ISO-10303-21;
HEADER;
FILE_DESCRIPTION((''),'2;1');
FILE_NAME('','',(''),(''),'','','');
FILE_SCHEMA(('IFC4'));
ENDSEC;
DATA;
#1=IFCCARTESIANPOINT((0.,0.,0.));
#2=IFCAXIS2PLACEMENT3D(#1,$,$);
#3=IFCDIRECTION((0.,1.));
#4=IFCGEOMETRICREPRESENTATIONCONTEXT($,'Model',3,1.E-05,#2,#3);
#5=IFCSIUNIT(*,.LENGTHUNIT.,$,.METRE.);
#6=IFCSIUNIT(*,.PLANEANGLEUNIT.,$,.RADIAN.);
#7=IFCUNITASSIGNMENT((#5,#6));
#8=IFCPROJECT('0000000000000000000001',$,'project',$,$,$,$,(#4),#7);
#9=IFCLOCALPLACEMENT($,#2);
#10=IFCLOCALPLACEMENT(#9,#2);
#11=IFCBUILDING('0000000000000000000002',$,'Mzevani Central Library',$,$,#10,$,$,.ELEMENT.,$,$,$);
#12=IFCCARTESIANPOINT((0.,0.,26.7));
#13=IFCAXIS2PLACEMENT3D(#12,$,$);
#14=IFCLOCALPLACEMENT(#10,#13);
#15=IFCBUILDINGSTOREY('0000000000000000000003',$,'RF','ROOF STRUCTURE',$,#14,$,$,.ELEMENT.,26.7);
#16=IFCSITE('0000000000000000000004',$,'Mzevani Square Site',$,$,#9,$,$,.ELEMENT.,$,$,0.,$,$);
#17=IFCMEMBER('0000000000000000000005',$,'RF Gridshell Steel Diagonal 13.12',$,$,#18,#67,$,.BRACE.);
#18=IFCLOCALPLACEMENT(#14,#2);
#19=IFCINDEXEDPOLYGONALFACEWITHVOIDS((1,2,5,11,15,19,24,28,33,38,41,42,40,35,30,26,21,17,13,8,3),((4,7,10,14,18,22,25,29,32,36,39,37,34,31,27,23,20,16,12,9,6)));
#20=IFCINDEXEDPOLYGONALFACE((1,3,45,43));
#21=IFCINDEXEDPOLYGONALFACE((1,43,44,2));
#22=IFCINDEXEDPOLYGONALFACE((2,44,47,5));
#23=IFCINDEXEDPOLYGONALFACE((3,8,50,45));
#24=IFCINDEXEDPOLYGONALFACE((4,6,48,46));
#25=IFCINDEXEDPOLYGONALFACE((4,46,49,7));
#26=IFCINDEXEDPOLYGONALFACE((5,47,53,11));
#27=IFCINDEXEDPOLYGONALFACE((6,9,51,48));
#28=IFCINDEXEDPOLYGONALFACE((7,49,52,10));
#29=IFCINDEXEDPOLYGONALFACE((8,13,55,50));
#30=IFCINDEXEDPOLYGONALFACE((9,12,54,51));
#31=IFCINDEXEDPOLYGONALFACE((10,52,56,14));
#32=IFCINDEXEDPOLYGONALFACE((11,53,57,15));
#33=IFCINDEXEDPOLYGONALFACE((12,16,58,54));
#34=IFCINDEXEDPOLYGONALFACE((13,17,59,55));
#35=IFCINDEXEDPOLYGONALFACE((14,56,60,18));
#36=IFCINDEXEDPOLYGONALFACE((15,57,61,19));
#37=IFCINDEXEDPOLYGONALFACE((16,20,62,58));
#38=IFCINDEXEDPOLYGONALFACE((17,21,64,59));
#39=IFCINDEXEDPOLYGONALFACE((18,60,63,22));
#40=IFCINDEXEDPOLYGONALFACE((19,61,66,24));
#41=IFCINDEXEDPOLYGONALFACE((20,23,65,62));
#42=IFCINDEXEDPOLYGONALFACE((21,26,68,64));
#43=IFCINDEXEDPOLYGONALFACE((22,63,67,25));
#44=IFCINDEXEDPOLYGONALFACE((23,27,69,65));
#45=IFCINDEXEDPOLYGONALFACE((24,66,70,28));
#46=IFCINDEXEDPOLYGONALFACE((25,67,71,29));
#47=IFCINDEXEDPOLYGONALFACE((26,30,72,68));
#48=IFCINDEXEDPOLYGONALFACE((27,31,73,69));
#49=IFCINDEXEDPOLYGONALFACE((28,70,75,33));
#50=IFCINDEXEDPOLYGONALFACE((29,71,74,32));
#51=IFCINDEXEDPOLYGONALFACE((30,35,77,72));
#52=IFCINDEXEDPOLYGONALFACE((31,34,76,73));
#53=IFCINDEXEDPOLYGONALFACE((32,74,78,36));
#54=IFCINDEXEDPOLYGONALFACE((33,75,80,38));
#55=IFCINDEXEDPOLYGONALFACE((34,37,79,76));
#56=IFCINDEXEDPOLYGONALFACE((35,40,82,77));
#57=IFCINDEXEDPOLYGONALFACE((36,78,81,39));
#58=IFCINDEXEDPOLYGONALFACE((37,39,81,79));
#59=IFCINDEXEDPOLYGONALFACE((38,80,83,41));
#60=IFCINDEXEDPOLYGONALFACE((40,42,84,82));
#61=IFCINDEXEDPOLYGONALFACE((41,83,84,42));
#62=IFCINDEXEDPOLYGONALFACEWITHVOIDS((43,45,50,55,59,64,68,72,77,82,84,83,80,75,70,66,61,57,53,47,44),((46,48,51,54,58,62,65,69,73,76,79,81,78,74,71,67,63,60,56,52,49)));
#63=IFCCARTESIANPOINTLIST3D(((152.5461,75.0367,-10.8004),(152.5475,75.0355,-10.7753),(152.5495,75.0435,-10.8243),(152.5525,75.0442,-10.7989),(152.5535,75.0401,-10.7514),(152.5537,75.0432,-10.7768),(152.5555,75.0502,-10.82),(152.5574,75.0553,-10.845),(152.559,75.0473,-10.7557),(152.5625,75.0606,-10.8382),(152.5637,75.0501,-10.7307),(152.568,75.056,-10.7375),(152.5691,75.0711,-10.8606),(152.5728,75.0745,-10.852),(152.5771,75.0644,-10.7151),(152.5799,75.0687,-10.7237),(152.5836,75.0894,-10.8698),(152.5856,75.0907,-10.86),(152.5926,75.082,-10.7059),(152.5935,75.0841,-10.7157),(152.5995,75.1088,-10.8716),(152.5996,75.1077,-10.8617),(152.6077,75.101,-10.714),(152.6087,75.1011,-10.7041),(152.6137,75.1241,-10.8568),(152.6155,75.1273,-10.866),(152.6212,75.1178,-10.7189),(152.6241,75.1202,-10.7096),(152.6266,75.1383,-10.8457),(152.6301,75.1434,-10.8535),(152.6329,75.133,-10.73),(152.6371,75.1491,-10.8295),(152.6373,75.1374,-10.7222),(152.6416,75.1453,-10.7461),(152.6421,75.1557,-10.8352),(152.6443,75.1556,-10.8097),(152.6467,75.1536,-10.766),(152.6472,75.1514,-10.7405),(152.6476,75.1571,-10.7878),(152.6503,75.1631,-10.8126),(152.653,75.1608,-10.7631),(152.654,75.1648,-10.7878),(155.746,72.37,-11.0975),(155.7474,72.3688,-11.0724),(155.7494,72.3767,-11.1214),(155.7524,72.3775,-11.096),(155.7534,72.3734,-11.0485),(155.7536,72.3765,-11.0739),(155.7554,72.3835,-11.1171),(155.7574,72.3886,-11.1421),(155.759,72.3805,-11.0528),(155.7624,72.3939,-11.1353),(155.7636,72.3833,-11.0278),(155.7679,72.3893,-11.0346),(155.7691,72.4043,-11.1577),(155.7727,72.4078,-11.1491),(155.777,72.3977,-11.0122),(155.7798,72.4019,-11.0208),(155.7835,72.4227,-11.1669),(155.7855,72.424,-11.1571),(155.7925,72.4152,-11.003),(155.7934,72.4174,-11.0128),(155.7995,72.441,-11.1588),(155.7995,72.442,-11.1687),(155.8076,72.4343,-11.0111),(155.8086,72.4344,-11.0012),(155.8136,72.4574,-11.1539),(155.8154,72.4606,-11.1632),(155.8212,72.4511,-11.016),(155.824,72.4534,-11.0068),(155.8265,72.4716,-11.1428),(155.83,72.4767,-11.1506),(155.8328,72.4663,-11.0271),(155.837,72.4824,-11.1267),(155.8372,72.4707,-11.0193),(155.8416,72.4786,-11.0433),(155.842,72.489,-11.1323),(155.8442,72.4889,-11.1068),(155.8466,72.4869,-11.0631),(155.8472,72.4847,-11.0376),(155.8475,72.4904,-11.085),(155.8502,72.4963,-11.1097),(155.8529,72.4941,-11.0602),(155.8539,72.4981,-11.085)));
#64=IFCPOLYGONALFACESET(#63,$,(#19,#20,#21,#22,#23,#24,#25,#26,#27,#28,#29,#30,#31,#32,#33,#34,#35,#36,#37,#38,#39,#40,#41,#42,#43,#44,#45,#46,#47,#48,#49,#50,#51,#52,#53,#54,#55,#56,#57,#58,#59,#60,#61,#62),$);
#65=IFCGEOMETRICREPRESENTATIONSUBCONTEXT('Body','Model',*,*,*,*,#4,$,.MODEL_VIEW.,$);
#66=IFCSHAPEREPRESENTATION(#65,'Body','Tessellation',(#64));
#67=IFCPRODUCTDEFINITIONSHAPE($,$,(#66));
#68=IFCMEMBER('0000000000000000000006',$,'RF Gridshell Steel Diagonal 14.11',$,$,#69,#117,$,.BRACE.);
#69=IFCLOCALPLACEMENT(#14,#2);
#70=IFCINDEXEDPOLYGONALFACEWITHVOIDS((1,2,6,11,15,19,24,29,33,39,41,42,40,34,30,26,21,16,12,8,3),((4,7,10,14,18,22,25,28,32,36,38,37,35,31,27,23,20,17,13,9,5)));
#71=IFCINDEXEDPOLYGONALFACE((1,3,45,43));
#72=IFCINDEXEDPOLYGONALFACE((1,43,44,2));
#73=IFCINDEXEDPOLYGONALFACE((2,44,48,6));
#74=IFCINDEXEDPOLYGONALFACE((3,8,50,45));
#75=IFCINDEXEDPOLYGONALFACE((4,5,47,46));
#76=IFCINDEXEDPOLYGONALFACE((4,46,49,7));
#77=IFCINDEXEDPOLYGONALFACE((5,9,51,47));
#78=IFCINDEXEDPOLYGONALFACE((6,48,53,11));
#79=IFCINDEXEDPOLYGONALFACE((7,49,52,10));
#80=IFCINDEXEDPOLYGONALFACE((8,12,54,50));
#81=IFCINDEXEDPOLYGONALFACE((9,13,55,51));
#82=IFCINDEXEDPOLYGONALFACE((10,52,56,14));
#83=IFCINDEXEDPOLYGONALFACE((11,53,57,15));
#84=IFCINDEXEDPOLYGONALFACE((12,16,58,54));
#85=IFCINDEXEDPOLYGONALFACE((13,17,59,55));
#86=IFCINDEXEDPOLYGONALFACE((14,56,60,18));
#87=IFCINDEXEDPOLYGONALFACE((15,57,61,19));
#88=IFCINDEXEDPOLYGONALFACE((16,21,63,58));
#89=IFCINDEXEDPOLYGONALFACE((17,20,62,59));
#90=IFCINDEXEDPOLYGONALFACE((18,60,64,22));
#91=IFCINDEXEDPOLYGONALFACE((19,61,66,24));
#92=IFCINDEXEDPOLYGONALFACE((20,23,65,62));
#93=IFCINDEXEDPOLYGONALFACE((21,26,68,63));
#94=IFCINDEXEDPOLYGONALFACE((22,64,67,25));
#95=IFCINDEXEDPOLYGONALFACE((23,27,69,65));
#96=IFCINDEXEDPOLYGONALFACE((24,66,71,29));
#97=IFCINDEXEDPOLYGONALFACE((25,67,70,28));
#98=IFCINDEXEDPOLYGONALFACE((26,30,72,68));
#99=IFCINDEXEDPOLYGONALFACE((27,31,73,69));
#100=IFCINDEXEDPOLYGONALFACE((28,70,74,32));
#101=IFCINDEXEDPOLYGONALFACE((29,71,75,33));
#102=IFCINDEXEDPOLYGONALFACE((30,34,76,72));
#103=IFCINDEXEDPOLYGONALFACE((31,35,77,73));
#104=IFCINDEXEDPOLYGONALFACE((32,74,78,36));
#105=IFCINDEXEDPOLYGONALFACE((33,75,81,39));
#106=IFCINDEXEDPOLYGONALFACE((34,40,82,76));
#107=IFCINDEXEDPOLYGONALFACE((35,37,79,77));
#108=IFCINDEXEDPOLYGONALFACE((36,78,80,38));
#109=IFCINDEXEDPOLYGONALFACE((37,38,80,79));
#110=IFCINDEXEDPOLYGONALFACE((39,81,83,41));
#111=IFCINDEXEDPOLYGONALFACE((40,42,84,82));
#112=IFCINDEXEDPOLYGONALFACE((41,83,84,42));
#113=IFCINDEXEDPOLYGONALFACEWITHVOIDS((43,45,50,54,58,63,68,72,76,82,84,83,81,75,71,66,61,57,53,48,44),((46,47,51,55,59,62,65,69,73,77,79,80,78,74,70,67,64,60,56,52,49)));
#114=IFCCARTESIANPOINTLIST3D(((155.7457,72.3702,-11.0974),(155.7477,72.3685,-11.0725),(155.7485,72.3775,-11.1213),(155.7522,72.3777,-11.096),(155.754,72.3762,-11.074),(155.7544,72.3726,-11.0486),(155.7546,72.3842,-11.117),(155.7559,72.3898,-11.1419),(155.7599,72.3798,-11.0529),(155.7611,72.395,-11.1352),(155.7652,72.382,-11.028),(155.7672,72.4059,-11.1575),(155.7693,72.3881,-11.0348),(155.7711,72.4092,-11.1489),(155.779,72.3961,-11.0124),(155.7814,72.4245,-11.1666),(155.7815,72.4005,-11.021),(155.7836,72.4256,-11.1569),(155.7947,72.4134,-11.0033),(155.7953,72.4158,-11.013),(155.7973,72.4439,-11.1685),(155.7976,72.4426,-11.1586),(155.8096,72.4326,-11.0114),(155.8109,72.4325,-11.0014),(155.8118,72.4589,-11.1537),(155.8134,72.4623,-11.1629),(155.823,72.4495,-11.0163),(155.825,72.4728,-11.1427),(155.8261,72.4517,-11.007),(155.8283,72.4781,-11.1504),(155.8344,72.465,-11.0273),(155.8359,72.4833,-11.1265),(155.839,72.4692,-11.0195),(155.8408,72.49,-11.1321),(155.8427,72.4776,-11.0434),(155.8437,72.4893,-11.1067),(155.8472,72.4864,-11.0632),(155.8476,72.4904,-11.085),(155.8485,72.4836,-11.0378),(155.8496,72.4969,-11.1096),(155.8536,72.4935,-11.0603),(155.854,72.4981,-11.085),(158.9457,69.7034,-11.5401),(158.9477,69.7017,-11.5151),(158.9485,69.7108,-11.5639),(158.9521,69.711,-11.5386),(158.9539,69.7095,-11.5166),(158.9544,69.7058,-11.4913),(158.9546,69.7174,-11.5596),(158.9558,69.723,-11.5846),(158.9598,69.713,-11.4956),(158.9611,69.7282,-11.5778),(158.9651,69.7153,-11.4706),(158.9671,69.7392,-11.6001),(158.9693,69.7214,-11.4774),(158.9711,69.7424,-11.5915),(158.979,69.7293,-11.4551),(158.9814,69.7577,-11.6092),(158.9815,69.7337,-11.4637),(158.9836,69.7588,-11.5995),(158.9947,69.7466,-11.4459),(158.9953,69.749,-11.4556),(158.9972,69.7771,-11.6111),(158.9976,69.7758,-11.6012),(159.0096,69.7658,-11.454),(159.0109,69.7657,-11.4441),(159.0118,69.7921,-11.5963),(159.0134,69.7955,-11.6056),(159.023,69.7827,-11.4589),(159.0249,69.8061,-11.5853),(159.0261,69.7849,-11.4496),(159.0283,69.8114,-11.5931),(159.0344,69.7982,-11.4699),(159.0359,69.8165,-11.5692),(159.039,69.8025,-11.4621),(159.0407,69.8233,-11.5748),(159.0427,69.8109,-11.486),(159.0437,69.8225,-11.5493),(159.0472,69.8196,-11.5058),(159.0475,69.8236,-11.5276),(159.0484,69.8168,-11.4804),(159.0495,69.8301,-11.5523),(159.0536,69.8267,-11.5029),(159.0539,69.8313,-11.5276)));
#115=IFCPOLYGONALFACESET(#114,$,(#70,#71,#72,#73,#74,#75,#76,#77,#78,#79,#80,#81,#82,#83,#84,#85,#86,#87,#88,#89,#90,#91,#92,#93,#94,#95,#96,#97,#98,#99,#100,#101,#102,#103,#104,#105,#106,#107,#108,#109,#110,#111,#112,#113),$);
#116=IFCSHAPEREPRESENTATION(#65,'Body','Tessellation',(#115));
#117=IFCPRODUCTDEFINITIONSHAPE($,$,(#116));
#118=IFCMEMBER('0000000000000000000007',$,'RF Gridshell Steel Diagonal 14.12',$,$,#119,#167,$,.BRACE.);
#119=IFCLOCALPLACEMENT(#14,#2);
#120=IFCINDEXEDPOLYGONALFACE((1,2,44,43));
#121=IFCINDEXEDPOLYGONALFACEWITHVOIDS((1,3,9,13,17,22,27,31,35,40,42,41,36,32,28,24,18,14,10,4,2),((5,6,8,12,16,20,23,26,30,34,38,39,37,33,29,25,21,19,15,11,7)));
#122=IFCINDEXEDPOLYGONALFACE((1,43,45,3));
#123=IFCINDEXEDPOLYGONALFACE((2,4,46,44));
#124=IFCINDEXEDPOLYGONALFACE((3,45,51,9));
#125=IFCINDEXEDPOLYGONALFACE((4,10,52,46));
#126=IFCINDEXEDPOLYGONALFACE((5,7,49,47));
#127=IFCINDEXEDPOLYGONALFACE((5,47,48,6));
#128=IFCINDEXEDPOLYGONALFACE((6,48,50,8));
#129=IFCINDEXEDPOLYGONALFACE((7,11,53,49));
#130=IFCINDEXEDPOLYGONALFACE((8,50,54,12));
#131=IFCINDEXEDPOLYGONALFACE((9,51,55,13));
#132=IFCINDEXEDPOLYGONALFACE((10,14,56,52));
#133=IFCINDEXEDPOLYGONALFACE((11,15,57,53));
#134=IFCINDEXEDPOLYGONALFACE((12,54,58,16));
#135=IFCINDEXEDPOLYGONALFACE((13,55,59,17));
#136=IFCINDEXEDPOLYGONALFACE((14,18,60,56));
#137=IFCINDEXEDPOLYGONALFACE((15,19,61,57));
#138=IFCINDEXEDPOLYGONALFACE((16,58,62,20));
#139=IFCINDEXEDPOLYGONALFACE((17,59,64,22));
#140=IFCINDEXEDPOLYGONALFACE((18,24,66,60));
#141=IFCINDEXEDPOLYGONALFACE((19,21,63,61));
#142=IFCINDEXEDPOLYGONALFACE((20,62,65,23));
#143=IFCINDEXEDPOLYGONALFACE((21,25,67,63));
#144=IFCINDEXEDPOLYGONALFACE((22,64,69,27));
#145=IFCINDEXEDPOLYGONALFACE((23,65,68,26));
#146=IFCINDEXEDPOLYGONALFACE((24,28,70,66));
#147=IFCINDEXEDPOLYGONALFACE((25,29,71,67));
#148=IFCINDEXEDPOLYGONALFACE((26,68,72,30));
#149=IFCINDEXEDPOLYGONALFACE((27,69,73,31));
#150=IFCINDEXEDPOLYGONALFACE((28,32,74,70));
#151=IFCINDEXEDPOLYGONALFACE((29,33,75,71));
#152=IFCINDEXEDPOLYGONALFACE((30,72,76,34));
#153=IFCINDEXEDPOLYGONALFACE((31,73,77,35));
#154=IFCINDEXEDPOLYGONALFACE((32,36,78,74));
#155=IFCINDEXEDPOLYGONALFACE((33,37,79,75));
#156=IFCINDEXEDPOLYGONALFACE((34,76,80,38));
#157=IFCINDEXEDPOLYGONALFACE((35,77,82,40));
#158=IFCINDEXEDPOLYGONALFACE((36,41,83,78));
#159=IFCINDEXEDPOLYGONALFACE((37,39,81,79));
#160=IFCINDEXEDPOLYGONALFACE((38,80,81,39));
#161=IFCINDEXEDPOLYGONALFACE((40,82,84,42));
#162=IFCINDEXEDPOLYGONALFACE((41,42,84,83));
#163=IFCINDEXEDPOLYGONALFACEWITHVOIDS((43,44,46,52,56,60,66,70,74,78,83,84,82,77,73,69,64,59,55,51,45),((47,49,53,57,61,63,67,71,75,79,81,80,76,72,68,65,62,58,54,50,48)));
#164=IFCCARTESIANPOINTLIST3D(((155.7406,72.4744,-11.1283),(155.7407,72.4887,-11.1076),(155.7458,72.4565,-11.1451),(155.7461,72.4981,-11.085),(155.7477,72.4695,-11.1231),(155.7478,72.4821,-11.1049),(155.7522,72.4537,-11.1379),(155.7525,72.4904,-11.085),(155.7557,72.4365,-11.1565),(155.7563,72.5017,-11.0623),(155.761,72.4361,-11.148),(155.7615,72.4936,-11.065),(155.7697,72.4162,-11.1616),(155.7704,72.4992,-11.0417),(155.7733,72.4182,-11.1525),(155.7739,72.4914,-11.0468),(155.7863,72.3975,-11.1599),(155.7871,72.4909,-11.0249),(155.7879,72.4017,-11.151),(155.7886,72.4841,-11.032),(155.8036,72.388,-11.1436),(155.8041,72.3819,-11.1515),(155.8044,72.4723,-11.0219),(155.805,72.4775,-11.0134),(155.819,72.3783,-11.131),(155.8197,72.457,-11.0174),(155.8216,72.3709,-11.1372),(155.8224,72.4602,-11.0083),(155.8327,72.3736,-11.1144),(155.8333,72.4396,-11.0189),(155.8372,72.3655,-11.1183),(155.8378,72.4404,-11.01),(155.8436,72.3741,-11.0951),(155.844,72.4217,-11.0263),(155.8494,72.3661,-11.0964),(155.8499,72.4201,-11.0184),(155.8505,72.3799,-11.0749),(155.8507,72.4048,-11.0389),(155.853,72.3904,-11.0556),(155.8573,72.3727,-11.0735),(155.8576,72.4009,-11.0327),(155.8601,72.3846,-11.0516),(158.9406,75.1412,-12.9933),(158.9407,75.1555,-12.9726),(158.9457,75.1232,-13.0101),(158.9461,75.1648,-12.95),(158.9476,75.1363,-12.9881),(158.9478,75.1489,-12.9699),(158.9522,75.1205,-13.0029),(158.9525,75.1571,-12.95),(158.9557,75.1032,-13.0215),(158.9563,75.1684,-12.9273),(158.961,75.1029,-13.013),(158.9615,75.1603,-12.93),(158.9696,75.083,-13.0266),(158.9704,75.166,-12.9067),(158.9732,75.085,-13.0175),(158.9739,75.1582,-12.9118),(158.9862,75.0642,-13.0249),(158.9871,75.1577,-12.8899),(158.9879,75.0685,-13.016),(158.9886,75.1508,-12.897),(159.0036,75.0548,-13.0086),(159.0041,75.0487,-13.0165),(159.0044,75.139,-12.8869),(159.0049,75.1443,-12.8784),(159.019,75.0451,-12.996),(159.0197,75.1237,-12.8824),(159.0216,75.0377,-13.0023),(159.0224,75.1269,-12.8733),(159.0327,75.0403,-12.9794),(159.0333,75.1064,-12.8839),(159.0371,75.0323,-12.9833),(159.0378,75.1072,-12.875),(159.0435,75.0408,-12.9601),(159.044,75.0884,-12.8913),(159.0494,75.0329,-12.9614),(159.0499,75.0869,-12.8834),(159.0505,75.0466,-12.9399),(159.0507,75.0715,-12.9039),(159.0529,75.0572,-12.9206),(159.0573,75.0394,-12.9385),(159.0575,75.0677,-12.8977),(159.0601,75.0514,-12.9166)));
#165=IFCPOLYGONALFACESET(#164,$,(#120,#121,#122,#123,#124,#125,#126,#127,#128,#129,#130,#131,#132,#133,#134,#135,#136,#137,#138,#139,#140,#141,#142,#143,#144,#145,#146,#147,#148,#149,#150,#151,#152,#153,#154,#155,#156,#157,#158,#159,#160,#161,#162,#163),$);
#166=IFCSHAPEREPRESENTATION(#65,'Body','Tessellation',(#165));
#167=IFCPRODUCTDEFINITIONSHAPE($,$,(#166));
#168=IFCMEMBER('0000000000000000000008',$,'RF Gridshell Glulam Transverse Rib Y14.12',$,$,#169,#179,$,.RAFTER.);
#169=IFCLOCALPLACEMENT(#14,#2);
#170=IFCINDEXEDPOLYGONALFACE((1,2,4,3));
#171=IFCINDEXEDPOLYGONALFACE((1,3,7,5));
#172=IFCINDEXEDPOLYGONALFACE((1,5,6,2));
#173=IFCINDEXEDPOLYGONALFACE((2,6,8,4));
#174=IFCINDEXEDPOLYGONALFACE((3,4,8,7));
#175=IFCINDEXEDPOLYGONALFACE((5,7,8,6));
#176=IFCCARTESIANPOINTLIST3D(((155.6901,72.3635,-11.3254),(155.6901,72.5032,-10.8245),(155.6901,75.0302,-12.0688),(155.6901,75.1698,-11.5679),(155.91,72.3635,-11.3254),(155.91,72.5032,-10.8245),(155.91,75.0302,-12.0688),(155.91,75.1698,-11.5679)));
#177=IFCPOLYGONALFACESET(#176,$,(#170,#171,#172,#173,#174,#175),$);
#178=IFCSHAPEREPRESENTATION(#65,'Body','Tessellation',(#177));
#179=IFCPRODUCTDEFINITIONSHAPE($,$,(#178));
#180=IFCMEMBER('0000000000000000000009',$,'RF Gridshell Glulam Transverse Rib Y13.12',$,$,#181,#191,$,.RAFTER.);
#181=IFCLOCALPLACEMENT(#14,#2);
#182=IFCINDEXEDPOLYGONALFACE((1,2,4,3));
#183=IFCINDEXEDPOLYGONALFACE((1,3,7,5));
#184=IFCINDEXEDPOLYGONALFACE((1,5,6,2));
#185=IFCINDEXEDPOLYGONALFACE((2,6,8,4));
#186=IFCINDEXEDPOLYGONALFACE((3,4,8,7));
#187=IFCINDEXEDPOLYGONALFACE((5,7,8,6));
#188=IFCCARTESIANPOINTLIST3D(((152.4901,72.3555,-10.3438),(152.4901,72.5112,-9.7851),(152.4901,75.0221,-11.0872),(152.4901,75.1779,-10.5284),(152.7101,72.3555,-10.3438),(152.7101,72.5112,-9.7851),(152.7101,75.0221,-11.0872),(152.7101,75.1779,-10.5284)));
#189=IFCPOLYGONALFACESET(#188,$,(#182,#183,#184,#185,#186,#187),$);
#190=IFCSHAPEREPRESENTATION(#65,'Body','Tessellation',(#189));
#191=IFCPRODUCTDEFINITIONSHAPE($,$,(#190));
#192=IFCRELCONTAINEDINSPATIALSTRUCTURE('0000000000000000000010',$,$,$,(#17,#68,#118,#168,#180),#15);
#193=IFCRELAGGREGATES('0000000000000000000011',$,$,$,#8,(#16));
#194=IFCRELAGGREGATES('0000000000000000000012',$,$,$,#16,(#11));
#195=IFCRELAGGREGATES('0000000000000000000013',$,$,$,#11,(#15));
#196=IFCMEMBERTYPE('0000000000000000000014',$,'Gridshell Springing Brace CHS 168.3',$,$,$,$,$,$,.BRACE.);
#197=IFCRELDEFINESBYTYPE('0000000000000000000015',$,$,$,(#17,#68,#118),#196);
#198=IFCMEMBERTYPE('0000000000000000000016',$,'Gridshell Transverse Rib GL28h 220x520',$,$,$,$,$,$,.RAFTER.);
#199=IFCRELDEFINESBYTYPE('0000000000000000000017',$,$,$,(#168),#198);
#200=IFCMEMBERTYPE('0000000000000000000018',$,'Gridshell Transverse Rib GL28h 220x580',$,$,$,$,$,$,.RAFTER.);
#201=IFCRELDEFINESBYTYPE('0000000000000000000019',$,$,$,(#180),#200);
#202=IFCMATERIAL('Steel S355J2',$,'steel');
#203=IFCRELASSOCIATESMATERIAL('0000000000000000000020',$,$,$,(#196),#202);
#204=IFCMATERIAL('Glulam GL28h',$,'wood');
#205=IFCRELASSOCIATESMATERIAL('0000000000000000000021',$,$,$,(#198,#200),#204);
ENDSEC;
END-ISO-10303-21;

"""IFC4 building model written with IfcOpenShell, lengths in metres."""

from ifc_helpers import new_model, si_unit, direction, frame, origin, origin_2d, place, context, subcontext, project, spatial, rectangle, hollow_circle, extrude, material, material_profile, profile_set, type_object, element, save


model = new_model("IFC4")

# Units and contexts
model_context = context("Model", 3, precision=1e-05, world=origin(), true_north=direction((0.0, 1.0)))
body_context = subcontext(model_context, "Body", "Model", "MODEL_VIEW")
ifc_project = project(units=[si_unit("LENGTHUNIT", "METRE"), si_unit("PLANEANGLEUNIT", "RADIAN")], contexts=[model_context])

# Site, building, storey
site_placement = place(None, origin())
site = spatial("IfcSite", under=ifc_project, at=site_placement, Name="Mzevani Square Site", CompositionType="ELEMENT", RefElevation=0.0)
building_placement = place(site_placement, origin())
building = spatial("IfcBuilding", under=site, at=building_placement, Name="Mzevani Central Library", CompositionType="ELEMENT")
storey_placement = place(building_placement, frame((0.0, 0.0, 26.7)))
storey = spatial("IfcBuildingStorey", under=building, at=storey_placement, Name="RF", Description="ROOF STRUCTURE", CompositionType="ELEMENT", Elevation=26.7)

# Shared definitions
ifc_material_1 = material(Name="Steel S355J2", Category="steel")
ifc_material_2 = material(Name="Glulam GL28h", Category="wood")

# Members
ifc_material_profile_1 = material_profile(ifc_material_1, hollow_circle(Radius=0.0842, WallThickness=0.01, at=origin_2d()), Name="CHS 168.3x10.0")
ifc_profile_set_1 = profile_set([ifc_material_profile_1], Name="Steel S355J2")
member_type_1 = type_object("IfcMemberType", Name="Gridshell Springing Brace CHS 168.3", PredefinedType="BRACE", material=ifc_profile_set_1)
member_1_placement = place(storey_placement, frame((152.6001, 75.1001, -10.7878), z_axis=(0.76626, -0.638579, -0.071148), x_axis=(0.640202, 0.768207, 0.0)))
element("IfcMember", 1, at=member_1_placement, inside=storey, type_object=member_type_1, Name="RF Gridshell Steel Diagonal 13.12", PredefinedType="BRACE", context=body_context, shape_type="SweptSolid", body=[
    extrude(hollow_circle(Radius=0.0842, WallThickness=0.01, at=origin_2d()), origin(), (0.0, 0.0, 1.0), 4.176),
])
member_2_placement = place(storey_placement, frame((155.8, 72.4333, -11.085), z_axis=(0.763906, -0.636618, -0.105666), x_axis=(0.640202, 0.768207, 0.0)))
element("IfcMember", 2, at=member_2_placement, inside=storey, type_object=member_type_1, Name="RF Gridshell Steel Diagonal 14.11", PredefinedType="BRACE", context=body_context, shape_type="SweptSolid", body=[
    extrude(hollow_circle(Radius=0.0842, WallThickness=0.01, at=origin_2d()), origin(), (0.0, 0.0, 1.0), 4.189),
])
member_3_placement = place(storey_placement, frame((155.8, 72.4333, -11.085), z_axis=(0.70114, 0.58431, -0.408637), x_axis=(-0.640202, 0.768207, 0.0)))
element("IfcMember", 3, at=member_3_placement, inside=storey, type_object=member_type_1, Name="RF Gridshell Steel Diagonal 14.12", PredefinedType="BRACE", context=body_context, shape_type="SweptSolid", body=[
    extrude(hollow_circle(Radius=0.0842, WallThickness=0.01, at=origin_2d()), origin(), (0.0, 0.0, 1.0), 4.564),
])
ifc_material_profile_2 = material_profile(ifc_material_2, rectangle(XDim=0.22, YDim=0.52, at=origin_2d()), Name="GL28h 220x520")
ifc_profile_set_2 = profile_set([ifc_material_profile_2], Name="Glulam GL28h")
member_type_2 = type_object("IfcMemberType", Name="Gridshell Transverse Rib GL28h 220x520", PredefinedType="RAFTER", material=ifc_profile_set_2)
member_4_placement = place(storey_placement, frame((155.8, 72.4333, -11.075), z_axis=(0.0, 0.963271, -0.268531), x_axis=(-1.0, 0.0, 0.0)))
element("IfcMember", 4, at=member_4_placement, inside=storey, type_object=member_type_2, Name="RF Gridshell Glulam Transverse Rib Y14.12", PredefinedType="RAFTER", context=body_context, shape_type="SweptSolid", body=[
    extrude(rectangle(XDim=0.22, YDim=0.52, at=origin_2d()), origin(), (0.0, 0.0, 1.0), 2.7683),
])
ifc_material_profile_3 = material_profile(ifc_material_2, rectangle(XDim=0.22, YDim=0.5801, at=origin_2d()), Name="GL28h 220x580")
ifc_profile_set_3 = profile_set([ifc_material_profile_3], Name="Glulam GL28h")
member_type_3 = type_object("IfcMemberType", Name="Gridshell Transverse Rib GL28h 220x580", PredefinedType="RAFTER", material=ifc_profile_set_3)
member_5_placement = place(storey_placement, frame((152.6001, 72.4333, -10.0645), z_axis=(0.0, 0.963271, -0.268531), x_axis=(-1.0, 0.0, 0.0)))
element("IfcMember", 5, at=member_5_placement, inside=storey, type_object=member_type_3, Name="RF Gridshell Glulam Transverse Rib Y13.12", PredefinedType="RAFTER", context=body_context, shape_type="SweptSolid", body=[
    extrude(rectangle(XDim=0.22, YDim=0.5801, at=origin_2d()), origin(), (0.0, 0.0, 1.0), 2.7683),
])

save(model, "model.ifc")
